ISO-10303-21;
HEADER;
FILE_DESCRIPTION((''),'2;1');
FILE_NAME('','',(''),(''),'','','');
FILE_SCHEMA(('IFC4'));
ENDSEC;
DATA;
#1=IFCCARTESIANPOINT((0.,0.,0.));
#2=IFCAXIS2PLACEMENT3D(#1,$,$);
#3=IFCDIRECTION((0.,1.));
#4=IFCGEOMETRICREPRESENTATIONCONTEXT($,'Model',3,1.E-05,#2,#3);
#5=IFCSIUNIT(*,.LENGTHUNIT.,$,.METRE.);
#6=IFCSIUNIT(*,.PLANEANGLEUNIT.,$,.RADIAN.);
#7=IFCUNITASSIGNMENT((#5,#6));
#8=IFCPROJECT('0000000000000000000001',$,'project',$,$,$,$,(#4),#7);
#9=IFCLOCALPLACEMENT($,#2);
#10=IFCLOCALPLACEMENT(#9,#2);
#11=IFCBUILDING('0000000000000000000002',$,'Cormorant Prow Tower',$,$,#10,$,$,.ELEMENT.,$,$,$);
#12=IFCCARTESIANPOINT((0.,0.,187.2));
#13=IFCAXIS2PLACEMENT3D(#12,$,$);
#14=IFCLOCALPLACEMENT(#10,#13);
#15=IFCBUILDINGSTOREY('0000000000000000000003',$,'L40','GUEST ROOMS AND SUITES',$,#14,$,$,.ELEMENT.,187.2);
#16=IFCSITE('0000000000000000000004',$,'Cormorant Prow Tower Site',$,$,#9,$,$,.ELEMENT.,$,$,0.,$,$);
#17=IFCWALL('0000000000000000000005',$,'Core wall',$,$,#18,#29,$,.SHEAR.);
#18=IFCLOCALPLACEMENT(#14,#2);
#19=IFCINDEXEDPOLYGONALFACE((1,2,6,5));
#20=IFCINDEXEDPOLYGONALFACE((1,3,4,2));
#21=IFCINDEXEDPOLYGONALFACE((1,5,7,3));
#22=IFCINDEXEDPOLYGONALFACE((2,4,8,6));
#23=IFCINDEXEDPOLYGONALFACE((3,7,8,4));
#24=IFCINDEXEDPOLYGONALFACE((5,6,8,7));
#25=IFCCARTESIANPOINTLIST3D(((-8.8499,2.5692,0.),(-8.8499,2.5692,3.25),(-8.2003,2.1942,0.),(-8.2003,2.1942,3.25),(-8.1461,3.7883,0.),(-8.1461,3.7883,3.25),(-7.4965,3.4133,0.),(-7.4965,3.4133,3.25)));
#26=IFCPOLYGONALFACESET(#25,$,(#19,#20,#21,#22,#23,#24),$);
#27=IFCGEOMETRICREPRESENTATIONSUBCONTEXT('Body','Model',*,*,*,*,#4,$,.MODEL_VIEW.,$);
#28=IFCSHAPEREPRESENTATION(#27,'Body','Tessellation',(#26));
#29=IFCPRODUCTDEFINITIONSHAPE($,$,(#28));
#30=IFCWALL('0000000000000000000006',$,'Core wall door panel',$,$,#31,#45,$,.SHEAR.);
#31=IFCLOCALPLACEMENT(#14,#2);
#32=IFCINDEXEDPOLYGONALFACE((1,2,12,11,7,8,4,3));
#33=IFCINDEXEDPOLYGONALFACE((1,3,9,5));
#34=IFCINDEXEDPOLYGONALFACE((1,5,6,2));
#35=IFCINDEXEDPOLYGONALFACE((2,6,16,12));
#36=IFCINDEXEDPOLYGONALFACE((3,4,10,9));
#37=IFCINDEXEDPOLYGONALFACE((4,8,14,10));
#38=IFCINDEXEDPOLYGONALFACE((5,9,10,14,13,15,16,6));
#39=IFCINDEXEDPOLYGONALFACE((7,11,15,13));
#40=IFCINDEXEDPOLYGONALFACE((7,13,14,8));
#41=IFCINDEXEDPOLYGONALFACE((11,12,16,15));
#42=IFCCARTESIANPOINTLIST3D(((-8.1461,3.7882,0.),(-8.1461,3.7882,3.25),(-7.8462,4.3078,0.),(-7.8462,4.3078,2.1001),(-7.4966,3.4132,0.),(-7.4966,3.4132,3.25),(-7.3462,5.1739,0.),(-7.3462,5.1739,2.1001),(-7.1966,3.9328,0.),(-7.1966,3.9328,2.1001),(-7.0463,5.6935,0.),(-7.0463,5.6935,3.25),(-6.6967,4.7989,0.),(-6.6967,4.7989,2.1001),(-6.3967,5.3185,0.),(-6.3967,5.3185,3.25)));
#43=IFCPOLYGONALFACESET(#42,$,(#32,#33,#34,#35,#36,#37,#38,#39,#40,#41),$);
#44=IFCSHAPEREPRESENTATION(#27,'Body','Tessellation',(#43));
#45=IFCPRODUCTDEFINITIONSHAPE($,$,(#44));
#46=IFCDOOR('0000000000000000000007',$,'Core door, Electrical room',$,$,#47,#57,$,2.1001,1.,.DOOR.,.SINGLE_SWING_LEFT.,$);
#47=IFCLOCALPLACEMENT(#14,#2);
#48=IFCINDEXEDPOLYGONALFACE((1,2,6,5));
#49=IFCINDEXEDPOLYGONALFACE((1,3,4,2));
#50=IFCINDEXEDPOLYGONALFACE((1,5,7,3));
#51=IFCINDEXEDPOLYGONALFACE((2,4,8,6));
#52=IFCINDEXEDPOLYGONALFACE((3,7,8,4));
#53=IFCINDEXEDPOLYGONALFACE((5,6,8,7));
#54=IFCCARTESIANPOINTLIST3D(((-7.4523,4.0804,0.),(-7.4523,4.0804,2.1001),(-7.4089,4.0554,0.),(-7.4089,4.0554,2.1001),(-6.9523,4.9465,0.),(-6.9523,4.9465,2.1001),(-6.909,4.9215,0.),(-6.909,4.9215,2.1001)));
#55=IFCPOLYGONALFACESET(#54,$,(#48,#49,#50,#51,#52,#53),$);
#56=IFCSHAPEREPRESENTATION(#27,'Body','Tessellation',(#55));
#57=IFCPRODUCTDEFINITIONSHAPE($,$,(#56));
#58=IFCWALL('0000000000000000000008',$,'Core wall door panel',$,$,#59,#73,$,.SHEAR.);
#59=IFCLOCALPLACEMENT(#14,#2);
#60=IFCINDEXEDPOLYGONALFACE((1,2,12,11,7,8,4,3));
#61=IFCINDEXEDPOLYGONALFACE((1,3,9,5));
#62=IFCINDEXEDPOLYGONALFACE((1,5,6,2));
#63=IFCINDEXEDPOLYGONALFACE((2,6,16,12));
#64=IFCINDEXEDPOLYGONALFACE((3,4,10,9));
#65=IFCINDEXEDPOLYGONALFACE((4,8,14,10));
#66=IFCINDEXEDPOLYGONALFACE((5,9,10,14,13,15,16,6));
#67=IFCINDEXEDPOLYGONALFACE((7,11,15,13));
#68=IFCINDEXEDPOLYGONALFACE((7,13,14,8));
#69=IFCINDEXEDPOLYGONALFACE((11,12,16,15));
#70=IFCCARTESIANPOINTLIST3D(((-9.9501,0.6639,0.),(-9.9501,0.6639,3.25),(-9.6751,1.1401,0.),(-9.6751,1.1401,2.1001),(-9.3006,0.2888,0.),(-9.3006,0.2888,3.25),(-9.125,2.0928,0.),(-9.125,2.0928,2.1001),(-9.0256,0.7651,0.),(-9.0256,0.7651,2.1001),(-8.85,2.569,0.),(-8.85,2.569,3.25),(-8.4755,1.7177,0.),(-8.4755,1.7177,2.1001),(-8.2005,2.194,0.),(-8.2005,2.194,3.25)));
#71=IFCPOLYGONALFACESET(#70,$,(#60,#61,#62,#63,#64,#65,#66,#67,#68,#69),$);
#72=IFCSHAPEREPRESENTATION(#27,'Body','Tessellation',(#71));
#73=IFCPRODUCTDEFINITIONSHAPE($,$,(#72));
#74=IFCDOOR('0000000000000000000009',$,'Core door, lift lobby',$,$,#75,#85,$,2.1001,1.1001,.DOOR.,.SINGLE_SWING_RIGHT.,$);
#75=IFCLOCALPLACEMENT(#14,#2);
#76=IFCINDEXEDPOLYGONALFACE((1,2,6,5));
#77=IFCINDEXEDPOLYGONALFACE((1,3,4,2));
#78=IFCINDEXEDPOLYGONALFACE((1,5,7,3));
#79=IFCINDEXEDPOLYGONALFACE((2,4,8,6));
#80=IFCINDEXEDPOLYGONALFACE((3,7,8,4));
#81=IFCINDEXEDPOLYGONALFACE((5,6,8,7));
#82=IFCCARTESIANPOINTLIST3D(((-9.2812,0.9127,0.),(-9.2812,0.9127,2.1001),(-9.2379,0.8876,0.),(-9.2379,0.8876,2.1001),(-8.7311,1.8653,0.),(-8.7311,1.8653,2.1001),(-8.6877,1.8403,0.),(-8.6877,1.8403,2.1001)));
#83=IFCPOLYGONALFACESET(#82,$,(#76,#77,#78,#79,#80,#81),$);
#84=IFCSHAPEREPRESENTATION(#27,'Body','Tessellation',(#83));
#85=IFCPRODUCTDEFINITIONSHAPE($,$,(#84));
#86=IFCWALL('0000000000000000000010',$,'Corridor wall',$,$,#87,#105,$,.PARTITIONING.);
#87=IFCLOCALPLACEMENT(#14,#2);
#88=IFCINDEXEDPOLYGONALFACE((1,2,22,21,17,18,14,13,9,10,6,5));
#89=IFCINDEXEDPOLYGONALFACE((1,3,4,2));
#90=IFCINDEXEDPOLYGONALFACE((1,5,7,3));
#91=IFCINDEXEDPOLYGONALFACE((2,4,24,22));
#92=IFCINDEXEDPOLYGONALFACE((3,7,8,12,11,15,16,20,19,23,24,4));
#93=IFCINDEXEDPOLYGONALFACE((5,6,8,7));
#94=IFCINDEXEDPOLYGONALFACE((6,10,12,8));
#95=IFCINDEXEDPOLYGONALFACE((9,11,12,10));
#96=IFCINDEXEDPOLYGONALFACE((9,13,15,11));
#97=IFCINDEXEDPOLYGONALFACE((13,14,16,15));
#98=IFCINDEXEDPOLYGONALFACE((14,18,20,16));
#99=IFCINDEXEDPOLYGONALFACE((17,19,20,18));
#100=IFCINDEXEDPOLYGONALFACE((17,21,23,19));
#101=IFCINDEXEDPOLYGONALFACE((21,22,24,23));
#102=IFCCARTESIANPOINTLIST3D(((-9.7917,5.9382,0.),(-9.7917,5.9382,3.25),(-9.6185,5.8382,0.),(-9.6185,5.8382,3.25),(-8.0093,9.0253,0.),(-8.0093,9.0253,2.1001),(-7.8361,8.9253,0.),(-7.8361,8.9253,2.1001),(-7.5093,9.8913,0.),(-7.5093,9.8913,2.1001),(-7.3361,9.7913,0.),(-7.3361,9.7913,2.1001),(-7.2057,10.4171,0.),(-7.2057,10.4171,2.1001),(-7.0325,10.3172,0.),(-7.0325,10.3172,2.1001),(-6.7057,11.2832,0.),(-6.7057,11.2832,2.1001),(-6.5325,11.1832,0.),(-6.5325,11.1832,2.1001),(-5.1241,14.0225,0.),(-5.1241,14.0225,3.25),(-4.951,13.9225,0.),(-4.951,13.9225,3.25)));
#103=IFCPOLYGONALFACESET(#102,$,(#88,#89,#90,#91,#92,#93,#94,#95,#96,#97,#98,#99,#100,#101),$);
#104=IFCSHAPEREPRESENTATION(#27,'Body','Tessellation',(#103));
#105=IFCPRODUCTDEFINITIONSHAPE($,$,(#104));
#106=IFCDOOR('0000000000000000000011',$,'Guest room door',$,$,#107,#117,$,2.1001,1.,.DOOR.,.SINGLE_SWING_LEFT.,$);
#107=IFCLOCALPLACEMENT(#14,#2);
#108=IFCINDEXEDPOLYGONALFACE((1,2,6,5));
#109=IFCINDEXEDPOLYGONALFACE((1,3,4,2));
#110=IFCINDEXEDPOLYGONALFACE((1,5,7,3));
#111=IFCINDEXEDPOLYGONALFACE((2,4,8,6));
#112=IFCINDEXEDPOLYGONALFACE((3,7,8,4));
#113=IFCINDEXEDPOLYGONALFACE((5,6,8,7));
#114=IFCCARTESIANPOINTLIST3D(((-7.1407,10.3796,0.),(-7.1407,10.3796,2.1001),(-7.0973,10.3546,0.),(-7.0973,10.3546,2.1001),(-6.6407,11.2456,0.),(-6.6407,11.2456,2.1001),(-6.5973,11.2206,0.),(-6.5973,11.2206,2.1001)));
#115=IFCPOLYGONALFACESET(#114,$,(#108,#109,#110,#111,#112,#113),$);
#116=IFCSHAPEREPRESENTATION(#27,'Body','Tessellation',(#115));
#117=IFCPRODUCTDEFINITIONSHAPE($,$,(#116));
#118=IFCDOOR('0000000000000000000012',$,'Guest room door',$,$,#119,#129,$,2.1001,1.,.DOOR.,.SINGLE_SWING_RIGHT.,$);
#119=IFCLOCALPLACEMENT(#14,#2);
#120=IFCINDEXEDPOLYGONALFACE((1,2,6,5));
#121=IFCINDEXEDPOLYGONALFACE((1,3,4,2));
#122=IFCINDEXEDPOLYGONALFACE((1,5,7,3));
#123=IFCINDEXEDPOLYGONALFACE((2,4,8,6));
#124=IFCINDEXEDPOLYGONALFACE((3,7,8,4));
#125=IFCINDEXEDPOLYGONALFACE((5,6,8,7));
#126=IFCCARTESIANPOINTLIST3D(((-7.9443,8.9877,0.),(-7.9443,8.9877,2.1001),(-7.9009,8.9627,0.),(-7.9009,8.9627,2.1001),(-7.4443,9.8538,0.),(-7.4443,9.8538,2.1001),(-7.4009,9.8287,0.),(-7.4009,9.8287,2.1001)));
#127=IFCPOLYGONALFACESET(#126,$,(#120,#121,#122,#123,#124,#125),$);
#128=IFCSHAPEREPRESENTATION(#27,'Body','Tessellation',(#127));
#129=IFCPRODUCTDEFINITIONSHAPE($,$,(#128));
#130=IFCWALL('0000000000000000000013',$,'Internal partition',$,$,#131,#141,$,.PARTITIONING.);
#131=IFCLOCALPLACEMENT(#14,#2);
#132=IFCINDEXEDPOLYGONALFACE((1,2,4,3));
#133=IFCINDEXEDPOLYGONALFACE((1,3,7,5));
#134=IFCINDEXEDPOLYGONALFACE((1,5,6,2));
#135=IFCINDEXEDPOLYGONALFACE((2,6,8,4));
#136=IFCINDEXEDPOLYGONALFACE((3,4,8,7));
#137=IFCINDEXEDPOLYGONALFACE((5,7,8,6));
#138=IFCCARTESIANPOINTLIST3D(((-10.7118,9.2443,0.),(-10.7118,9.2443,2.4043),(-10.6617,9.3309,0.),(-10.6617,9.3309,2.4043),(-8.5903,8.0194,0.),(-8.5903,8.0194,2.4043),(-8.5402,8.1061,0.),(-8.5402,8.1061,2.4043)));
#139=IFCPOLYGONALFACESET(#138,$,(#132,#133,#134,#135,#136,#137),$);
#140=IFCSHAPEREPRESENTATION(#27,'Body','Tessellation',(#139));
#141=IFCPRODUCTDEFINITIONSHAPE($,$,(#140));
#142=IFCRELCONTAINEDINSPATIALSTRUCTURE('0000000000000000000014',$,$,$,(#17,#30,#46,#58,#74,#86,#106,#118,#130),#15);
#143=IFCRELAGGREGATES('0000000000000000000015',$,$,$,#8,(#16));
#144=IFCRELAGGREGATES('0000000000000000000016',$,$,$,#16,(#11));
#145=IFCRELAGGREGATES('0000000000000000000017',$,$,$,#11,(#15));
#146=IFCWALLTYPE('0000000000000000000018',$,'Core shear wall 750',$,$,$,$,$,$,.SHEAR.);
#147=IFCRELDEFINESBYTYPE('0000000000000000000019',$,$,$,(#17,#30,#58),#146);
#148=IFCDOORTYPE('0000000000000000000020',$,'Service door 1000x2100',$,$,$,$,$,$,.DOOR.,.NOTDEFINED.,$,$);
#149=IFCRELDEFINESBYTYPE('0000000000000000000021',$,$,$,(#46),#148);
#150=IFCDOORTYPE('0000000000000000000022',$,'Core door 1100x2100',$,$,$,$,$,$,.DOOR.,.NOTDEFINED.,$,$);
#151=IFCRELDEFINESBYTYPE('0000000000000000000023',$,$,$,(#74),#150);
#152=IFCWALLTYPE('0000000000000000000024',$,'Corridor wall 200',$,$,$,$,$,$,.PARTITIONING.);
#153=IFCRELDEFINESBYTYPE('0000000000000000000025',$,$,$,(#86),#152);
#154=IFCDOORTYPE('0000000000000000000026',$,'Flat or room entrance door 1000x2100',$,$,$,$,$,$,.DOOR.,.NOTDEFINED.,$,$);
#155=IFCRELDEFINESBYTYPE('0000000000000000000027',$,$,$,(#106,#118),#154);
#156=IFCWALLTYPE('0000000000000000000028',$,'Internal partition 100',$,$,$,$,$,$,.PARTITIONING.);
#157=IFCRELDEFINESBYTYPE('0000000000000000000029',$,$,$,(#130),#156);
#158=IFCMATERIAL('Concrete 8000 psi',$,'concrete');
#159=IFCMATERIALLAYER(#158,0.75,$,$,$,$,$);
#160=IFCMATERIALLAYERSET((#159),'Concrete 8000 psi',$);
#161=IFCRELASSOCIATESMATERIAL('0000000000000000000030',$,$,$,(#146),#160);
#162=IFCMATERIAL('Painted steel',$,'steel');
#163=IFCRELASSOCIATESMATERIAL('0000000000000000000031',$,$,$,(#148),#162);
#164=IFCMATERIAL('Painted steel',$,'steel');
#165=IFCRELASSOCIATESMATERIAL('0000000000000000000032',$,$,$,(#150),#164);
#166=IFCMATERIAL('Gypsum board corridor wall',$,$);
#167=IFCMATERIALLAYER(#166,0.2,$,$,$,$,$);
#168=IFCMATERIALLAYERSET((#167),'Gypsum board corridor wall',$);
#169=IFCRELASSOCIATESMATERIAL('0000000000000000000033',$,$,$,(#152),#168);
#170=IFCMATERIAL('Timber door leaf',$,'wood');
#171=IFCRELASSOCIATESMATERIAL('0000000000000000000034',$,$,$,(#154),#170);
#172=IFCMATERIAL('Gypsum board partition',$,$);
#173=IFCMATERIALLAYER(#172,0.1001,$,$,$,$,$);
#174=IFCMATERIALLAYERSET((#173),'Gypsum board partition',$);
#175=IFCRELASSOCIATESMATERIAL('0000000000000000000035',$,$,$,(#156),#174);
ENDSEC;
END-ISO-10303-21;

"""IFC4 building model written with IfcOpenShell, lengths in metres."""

from ifc_helpers import new_model, si_unit, direction, frame, frame_2d, origin, place, context, subcontext, project, spatial, rectangle, extrude, material, layer, layer_set, type_object, element, fill, save


model = new_model("IFC4")

# Units and contexts
model_context = context("Model", 3, precision=1e-05, world=origin(), true_north=direction((0.0, 1.0)))
body_context = subcontext(model_context, "Body", "Model", "MODEL_VIEW")
ifc_project = project(units=[si_unit("LENGTHUNIT", "METRE"), si_unit("PLANEANGLEUNIT", "RADIAN")], contexts=[model_context])

# Site, building, storey
site_placement = place(None, origin())
site = spatial("IfcSite", under=ifc_project, at=site_placement, Name="Cormorant Prow Tower Site", CompositionType="ELEMENT", RefElevation=0.0)
building_placement = place(site_placement, origin())
building = spatial("IfcBuilding", under=site, at=building_placement, Name="Cormorant Prow Tower", CompositionType="ELEMENT")
storey_placement = place(building_placement, frame((0.0, 0.0, 187.2)))
storey = spatial("IfcBuildingStorey", under=building, at=storey_placement, Name="L40", Description="GUEST ROOMS AND SUITES", CompositionType="ELEMENT", Elevation=187.2)

# Wall
ifc_material_1 = material(Name="Concrete 8000 psi", Category="concrete")
ifc_layer_1 = layer(ifc_material_1, 0.75)
ifc_layer_set_1 = layer_set([ifc_layer_1], Name="Concrete 8000 psi")
wall_type_1 = type_object("IfcWallType", Name="Core shear wall 750", PredefinedType="SHEAR", material=ifc_layer_set_1)
wall_1_placement = place(storey_placement, frame((-7.8213, 3.6008, 0.0), z_axis=(0.0, 0.0, 1.0), x_axis=(-0.499963, -0.866047, 0.0)))
element("IfcWall", 1, at=wall_1_placement, inside=storey, type_object=wall_type_1, Name="Core wall", PredefinedType="SHEAR", context=body_context, shape_type="SweptSolid", body=[
    extrude(rectangle(XDim=1.4077, YDim=0.75, at=frame_2d((0.7039, 0.0))), origin(), (0.0, 0.0, 1.0), 3.25),
])

# Walls, openings, doors
wall_2_placement = place(storey_placement, frame((-6.7214, 5.5061, 0.0), z_axis=(0.0, 0.0, 1.0), x_axis=(-0.499947, -0.866056, 0.0)))
wall_2 = element("IfcWall", 2, at=wall_2_placement, inside=storey, type_object=wall_type_1, Name="Core wall door panel", PredefinedType="SHEAR", context=body_context, shape_type="SweptSolid", body=[
    extrude(rectangle(XDim=2.2, YDim=0.75, at=frame_2d((1.1001, 0.0))), origin(), (0.0, 0.0, 1.0), 3.25),
])
opening_1_placement = place(wall_2_placement, frame((0.6001, 0.0, 0.0)))
opening_1 = element("IfcOpeningElement", 3, at=opening_1_placement, cuts=wall_2, PredefinedType="OPENING", context=body_context, shape_type="SweptSolid", body=[
    extrude(rectangle(XDim=1.0, YDim=2.1001, at=frame_2d((0.5, 1.05))), frame((0.0, 0.385, 0.0), z_axis=(0.0, -1.0, 0.0), x_axis=(1.0, 0.0, 0.0)), (0.0, 0.0, 1.0), 0.77),
])
ifc_material_2 = material(Name="Painted steel", Category="steel")
door_type_1 = type_object("IfcDoorType", Name="Service door 1000x2100", OperationType="NOTDEFINED", PredefinedType="DOOR", material=ifc_material_2)
door_1_placement = place(opening_1_placement, origin())
door_1 = element("IfcDoor", 4, at=door_1_placement, inside=storey, type_object=door_type_1, Name="Core door, Electrical room", OperationType="SINGLE_SWING_LEFT", OverallHeight=2.1001, OverallWidth=1.0, PredefinedType="DOOR", context=body_context, shape_type="SweptSolid", body=[
    extrude(rectangle(XDim=1.0, YDim=2.1001, at=frame_2d((0.5, 1.05))), frame((0.0, 0.1299, 0.0), z_axis=(0.0, -1.0, 0.0), x_axis=(1.0, 0.0, 0.0)), (0.0, 0.0, 1.0), 0.05),
])
fill(opening_1, door_1)
wall_3_placement = place(storey_placement, frame((-8.5251, 2.3816, 0.0), z_axis=(0.0, 0.0, 1.0), x_axis=(-0.500078, -0.86598, 0.0)))
wall_3 = element("IfcWall", 5, at=wall_3_placement, inside=storey, type_object=wall_type_1, Name="Core wall door panel", PredefinedType="SHEAR", context=body_context, shape_type="SweptSolid", body=[
    extrude(rectangle(XDim=2.2, YDim=0.75, at=frame_2d((1.1001, 0.0))), origin(), (0.0, 0.0, 1.0), 3.25),
])
opening_2_placement = place(wall_3_placement, frame((0.55, 0.0, 0.0)))
opening_2 = element("IfcOpeningElement", 6, at=opening_2_placement, cuts=wall_3, PredefinedType="OPENING", context=body_context, shape_type="SweptSolid", body=[
    extrude(rectangle(XDim=1.1001, YDim=2.1001, at=frame_2d((0.55, 1.05))), frame((0.0, 0.385, 0.0), z_axis=(0.0, -1.0, 0.0), x_axis=(1.0, 0.0, 0.0)), (0.0, 0.0, 1.0), 0.77),
])
ifc_material_3 = material(Name="Painted steel", Category="steel")
door_type_2 = type_object("IfcDoorType", Name="Core door 1100x2100", OperationType="NOTDEFINED", PredefinedType="DOOR", material=ifc_material_3)
door_2_placement = place(opening_2_placement, origin())
door_2 = element("IfcDoor", 7, at=door_2_placement, inside=storey, type_object=door_type_2, Name="Core door, lift lobby", OperationType="SINGLE_SWING_RIGHT", OverallHeight=2.1001, OverallWidth=1.1001, PredefinedType="DOOR", context=body_context, shape_type="SweptSolid", body=[
    extrude(rectangle(XDim=1.1001, YDim=2.1001, at=frame_2d((0.55, 1.05))), frame((0.0, 0.1299, 0.0), z_axis=(0.0, -1.0, 0.0), x_axis=(1.0, 0.0, 0.0)), (0.0, 0.0, 1.0), 0.05),
])
fill(opening_2, door_2)

# Wall, openings, doors
ifc_material_4 = material(Name="Gypsum board corridor wall")
ifc_layer_2 = layer(ifc_material_4, 0.2)
ifc_layer_set_2 = layer_set([ifc_layer_2], Name="Gypsum board corridor wall")
wall_type_2 = type_object("IfcWallType", Name="Corridor wall 200", PredefinedType="PARTITIONING", material=ifc_layer_set_2)
wall_4_placement = place(storey_placement, frame((-9.7051, 5.8882, 0.0), z_axis=(0.0, 0.0, 1.0), x_axis=(0.500004, 0.866023, 0.0)))
wall_4 = element("IfcWall", 8, at=wall_4_placement, inside=storey, type_object=wall_type_2, Name="Corridor wall", PredefinedType="PARTITIONING", context=body_context, shape_type="SweptSolid", body=[
    extrude(rectangle(XDim=9.335, YDim=0.2, at=frame_2d((4.6675, 0.0))), origin(), (0.0, 0.0, 1.0), 3.25),
])
opening_3_placement = place(wall_4_placement, frame((5.1719, 0.0, 0.0)))
opening_3 = element("IfcOpeningElement", 9, at=opening_3_placement, cuts=wall_4, PredefinedType="OPENING", context=body_context, shape_type="SweptSolid", body=[
    extrude(rectangle(XDim=1.0, YDim=2.1001, at=frame_2d((0.5, 1.05))), frame((0.0, 0.1099, 0.0), z_axis=(0.0, -1.0, 0.0), x_axis=(1.0, 0.0, 0.0)), (0.0, 0.0, 1.0), 0.22),
])
opening_4_placement = place(wall_4_placement, frame((3.5647, 0.0, 0.0)))
opening_4 = element("IfcOpeningElement", 10, at=opening_4_placement, cuts=wall_4, PredefinedType="OPENING", context=body_context, shape_type="SweptSolid", body=[
    extrude(rectangle(XDim=1.0, YDim=2.1001, at=frame_2d((0.5, 1.05))), frame((0.0, 0.1099, 0.0), z_axis=(0.0, -1.0, 0.0), x_axis=(1.0, 0.0, 0.0)), (0.0, 0.0, 1.0), 0.22),
])
ifc_material_5 = material(Name="Timber door leaf", Category="wood")
door_type_3 = type_object("IfcDoorType", Name="Flat or room entrance door 1000x2100", OperationType="NOTDEFINED", PredefinedType="DOOR", material=ifc_material_5)
door_3_placement = place(opening_3_placement, origin())
door_3 = element("IfcDoor", 11, at=door_3_placement, inside=storey, type_object=door_type_3, Name="Guest room door", OperationType="SINGLE_SWING_LEFT", OverallHeight=2.1001, OverallWidth=1.0, PredefinedType="DOOR", context=body_context, shape_type="SweptSolid", body=[
    extrude(rectangle(XDim=1.0, YDim=2.1001, at=frame_2d((0.5, 1.05))), frame((0.0, 0.0249, 0.0), z_axis=(0.0, -1.0, 0.0), x_axis=(1.0, 0.0, 0.0)), (0.0, 0.0, 1.0), 0.05),
])
fill(opening_3, door_3)
door_4_placement = place(opening_4_placement, origin())
door_4 = element("IfcDoor", 12, at=door_4_placement, inside=storey, type_object=door_type_3, Name="Guest room door", OperationType="SINGLE_SWING_RIGHT", OverallHeight=2.1001, OverallWidth=1.0, PredefinedType="DOOR", context=body_context, shape_type="SweptSolid", body=[
    extrude(rectangle(XDim=1.0, YDim=2.1001, at=frame_2d((0.5, 1.05))), frame((0.0, 0.0249, 0.0), z_axis=(0.0, -1.0, 0.0), x_axis=(1.0, 0.0, 0.0)), (0.0, 0.0, 1.0), 0.05),
])
fill(opening_4, door_4)

# Wall
ifc_material_6 = material(Name="Gypsum board partition")
ifc_layer_3 = layer(ifc_material_6, 0.1001)
ifc_layer_set_3 = layer_set([ifc_layer_3], Name="Gypsum board partition")
wall_type_3 = type_object("IfcWallType", Name="Internal partition 100", PredefinedType="PARTITIONING", material=ifc_layer_set_3)
wall_5_placement = place(storey_placement, frame((-10.6868, 9.2876, 0.0), z_axis=(0.0, 0.0, 1.0), x_axis=(0.866033, -0.499987, 0.0)))
element("IfcWall", 13, at=wall_5_placement, inside=storey, type_object=wall_type_3, Name="Internal partition", PredefinedType="PARTITIONING", context=body_context, shape_type="SweptSolid", body=[
    extrude(rectangle(XDim=2.4497, YDim=0.1001, at=frame_2d((1.2249, 0.0))), origin(), (0.0, 0.0, 1.0), 2.4043),
])

save(model, "model.ifc")
